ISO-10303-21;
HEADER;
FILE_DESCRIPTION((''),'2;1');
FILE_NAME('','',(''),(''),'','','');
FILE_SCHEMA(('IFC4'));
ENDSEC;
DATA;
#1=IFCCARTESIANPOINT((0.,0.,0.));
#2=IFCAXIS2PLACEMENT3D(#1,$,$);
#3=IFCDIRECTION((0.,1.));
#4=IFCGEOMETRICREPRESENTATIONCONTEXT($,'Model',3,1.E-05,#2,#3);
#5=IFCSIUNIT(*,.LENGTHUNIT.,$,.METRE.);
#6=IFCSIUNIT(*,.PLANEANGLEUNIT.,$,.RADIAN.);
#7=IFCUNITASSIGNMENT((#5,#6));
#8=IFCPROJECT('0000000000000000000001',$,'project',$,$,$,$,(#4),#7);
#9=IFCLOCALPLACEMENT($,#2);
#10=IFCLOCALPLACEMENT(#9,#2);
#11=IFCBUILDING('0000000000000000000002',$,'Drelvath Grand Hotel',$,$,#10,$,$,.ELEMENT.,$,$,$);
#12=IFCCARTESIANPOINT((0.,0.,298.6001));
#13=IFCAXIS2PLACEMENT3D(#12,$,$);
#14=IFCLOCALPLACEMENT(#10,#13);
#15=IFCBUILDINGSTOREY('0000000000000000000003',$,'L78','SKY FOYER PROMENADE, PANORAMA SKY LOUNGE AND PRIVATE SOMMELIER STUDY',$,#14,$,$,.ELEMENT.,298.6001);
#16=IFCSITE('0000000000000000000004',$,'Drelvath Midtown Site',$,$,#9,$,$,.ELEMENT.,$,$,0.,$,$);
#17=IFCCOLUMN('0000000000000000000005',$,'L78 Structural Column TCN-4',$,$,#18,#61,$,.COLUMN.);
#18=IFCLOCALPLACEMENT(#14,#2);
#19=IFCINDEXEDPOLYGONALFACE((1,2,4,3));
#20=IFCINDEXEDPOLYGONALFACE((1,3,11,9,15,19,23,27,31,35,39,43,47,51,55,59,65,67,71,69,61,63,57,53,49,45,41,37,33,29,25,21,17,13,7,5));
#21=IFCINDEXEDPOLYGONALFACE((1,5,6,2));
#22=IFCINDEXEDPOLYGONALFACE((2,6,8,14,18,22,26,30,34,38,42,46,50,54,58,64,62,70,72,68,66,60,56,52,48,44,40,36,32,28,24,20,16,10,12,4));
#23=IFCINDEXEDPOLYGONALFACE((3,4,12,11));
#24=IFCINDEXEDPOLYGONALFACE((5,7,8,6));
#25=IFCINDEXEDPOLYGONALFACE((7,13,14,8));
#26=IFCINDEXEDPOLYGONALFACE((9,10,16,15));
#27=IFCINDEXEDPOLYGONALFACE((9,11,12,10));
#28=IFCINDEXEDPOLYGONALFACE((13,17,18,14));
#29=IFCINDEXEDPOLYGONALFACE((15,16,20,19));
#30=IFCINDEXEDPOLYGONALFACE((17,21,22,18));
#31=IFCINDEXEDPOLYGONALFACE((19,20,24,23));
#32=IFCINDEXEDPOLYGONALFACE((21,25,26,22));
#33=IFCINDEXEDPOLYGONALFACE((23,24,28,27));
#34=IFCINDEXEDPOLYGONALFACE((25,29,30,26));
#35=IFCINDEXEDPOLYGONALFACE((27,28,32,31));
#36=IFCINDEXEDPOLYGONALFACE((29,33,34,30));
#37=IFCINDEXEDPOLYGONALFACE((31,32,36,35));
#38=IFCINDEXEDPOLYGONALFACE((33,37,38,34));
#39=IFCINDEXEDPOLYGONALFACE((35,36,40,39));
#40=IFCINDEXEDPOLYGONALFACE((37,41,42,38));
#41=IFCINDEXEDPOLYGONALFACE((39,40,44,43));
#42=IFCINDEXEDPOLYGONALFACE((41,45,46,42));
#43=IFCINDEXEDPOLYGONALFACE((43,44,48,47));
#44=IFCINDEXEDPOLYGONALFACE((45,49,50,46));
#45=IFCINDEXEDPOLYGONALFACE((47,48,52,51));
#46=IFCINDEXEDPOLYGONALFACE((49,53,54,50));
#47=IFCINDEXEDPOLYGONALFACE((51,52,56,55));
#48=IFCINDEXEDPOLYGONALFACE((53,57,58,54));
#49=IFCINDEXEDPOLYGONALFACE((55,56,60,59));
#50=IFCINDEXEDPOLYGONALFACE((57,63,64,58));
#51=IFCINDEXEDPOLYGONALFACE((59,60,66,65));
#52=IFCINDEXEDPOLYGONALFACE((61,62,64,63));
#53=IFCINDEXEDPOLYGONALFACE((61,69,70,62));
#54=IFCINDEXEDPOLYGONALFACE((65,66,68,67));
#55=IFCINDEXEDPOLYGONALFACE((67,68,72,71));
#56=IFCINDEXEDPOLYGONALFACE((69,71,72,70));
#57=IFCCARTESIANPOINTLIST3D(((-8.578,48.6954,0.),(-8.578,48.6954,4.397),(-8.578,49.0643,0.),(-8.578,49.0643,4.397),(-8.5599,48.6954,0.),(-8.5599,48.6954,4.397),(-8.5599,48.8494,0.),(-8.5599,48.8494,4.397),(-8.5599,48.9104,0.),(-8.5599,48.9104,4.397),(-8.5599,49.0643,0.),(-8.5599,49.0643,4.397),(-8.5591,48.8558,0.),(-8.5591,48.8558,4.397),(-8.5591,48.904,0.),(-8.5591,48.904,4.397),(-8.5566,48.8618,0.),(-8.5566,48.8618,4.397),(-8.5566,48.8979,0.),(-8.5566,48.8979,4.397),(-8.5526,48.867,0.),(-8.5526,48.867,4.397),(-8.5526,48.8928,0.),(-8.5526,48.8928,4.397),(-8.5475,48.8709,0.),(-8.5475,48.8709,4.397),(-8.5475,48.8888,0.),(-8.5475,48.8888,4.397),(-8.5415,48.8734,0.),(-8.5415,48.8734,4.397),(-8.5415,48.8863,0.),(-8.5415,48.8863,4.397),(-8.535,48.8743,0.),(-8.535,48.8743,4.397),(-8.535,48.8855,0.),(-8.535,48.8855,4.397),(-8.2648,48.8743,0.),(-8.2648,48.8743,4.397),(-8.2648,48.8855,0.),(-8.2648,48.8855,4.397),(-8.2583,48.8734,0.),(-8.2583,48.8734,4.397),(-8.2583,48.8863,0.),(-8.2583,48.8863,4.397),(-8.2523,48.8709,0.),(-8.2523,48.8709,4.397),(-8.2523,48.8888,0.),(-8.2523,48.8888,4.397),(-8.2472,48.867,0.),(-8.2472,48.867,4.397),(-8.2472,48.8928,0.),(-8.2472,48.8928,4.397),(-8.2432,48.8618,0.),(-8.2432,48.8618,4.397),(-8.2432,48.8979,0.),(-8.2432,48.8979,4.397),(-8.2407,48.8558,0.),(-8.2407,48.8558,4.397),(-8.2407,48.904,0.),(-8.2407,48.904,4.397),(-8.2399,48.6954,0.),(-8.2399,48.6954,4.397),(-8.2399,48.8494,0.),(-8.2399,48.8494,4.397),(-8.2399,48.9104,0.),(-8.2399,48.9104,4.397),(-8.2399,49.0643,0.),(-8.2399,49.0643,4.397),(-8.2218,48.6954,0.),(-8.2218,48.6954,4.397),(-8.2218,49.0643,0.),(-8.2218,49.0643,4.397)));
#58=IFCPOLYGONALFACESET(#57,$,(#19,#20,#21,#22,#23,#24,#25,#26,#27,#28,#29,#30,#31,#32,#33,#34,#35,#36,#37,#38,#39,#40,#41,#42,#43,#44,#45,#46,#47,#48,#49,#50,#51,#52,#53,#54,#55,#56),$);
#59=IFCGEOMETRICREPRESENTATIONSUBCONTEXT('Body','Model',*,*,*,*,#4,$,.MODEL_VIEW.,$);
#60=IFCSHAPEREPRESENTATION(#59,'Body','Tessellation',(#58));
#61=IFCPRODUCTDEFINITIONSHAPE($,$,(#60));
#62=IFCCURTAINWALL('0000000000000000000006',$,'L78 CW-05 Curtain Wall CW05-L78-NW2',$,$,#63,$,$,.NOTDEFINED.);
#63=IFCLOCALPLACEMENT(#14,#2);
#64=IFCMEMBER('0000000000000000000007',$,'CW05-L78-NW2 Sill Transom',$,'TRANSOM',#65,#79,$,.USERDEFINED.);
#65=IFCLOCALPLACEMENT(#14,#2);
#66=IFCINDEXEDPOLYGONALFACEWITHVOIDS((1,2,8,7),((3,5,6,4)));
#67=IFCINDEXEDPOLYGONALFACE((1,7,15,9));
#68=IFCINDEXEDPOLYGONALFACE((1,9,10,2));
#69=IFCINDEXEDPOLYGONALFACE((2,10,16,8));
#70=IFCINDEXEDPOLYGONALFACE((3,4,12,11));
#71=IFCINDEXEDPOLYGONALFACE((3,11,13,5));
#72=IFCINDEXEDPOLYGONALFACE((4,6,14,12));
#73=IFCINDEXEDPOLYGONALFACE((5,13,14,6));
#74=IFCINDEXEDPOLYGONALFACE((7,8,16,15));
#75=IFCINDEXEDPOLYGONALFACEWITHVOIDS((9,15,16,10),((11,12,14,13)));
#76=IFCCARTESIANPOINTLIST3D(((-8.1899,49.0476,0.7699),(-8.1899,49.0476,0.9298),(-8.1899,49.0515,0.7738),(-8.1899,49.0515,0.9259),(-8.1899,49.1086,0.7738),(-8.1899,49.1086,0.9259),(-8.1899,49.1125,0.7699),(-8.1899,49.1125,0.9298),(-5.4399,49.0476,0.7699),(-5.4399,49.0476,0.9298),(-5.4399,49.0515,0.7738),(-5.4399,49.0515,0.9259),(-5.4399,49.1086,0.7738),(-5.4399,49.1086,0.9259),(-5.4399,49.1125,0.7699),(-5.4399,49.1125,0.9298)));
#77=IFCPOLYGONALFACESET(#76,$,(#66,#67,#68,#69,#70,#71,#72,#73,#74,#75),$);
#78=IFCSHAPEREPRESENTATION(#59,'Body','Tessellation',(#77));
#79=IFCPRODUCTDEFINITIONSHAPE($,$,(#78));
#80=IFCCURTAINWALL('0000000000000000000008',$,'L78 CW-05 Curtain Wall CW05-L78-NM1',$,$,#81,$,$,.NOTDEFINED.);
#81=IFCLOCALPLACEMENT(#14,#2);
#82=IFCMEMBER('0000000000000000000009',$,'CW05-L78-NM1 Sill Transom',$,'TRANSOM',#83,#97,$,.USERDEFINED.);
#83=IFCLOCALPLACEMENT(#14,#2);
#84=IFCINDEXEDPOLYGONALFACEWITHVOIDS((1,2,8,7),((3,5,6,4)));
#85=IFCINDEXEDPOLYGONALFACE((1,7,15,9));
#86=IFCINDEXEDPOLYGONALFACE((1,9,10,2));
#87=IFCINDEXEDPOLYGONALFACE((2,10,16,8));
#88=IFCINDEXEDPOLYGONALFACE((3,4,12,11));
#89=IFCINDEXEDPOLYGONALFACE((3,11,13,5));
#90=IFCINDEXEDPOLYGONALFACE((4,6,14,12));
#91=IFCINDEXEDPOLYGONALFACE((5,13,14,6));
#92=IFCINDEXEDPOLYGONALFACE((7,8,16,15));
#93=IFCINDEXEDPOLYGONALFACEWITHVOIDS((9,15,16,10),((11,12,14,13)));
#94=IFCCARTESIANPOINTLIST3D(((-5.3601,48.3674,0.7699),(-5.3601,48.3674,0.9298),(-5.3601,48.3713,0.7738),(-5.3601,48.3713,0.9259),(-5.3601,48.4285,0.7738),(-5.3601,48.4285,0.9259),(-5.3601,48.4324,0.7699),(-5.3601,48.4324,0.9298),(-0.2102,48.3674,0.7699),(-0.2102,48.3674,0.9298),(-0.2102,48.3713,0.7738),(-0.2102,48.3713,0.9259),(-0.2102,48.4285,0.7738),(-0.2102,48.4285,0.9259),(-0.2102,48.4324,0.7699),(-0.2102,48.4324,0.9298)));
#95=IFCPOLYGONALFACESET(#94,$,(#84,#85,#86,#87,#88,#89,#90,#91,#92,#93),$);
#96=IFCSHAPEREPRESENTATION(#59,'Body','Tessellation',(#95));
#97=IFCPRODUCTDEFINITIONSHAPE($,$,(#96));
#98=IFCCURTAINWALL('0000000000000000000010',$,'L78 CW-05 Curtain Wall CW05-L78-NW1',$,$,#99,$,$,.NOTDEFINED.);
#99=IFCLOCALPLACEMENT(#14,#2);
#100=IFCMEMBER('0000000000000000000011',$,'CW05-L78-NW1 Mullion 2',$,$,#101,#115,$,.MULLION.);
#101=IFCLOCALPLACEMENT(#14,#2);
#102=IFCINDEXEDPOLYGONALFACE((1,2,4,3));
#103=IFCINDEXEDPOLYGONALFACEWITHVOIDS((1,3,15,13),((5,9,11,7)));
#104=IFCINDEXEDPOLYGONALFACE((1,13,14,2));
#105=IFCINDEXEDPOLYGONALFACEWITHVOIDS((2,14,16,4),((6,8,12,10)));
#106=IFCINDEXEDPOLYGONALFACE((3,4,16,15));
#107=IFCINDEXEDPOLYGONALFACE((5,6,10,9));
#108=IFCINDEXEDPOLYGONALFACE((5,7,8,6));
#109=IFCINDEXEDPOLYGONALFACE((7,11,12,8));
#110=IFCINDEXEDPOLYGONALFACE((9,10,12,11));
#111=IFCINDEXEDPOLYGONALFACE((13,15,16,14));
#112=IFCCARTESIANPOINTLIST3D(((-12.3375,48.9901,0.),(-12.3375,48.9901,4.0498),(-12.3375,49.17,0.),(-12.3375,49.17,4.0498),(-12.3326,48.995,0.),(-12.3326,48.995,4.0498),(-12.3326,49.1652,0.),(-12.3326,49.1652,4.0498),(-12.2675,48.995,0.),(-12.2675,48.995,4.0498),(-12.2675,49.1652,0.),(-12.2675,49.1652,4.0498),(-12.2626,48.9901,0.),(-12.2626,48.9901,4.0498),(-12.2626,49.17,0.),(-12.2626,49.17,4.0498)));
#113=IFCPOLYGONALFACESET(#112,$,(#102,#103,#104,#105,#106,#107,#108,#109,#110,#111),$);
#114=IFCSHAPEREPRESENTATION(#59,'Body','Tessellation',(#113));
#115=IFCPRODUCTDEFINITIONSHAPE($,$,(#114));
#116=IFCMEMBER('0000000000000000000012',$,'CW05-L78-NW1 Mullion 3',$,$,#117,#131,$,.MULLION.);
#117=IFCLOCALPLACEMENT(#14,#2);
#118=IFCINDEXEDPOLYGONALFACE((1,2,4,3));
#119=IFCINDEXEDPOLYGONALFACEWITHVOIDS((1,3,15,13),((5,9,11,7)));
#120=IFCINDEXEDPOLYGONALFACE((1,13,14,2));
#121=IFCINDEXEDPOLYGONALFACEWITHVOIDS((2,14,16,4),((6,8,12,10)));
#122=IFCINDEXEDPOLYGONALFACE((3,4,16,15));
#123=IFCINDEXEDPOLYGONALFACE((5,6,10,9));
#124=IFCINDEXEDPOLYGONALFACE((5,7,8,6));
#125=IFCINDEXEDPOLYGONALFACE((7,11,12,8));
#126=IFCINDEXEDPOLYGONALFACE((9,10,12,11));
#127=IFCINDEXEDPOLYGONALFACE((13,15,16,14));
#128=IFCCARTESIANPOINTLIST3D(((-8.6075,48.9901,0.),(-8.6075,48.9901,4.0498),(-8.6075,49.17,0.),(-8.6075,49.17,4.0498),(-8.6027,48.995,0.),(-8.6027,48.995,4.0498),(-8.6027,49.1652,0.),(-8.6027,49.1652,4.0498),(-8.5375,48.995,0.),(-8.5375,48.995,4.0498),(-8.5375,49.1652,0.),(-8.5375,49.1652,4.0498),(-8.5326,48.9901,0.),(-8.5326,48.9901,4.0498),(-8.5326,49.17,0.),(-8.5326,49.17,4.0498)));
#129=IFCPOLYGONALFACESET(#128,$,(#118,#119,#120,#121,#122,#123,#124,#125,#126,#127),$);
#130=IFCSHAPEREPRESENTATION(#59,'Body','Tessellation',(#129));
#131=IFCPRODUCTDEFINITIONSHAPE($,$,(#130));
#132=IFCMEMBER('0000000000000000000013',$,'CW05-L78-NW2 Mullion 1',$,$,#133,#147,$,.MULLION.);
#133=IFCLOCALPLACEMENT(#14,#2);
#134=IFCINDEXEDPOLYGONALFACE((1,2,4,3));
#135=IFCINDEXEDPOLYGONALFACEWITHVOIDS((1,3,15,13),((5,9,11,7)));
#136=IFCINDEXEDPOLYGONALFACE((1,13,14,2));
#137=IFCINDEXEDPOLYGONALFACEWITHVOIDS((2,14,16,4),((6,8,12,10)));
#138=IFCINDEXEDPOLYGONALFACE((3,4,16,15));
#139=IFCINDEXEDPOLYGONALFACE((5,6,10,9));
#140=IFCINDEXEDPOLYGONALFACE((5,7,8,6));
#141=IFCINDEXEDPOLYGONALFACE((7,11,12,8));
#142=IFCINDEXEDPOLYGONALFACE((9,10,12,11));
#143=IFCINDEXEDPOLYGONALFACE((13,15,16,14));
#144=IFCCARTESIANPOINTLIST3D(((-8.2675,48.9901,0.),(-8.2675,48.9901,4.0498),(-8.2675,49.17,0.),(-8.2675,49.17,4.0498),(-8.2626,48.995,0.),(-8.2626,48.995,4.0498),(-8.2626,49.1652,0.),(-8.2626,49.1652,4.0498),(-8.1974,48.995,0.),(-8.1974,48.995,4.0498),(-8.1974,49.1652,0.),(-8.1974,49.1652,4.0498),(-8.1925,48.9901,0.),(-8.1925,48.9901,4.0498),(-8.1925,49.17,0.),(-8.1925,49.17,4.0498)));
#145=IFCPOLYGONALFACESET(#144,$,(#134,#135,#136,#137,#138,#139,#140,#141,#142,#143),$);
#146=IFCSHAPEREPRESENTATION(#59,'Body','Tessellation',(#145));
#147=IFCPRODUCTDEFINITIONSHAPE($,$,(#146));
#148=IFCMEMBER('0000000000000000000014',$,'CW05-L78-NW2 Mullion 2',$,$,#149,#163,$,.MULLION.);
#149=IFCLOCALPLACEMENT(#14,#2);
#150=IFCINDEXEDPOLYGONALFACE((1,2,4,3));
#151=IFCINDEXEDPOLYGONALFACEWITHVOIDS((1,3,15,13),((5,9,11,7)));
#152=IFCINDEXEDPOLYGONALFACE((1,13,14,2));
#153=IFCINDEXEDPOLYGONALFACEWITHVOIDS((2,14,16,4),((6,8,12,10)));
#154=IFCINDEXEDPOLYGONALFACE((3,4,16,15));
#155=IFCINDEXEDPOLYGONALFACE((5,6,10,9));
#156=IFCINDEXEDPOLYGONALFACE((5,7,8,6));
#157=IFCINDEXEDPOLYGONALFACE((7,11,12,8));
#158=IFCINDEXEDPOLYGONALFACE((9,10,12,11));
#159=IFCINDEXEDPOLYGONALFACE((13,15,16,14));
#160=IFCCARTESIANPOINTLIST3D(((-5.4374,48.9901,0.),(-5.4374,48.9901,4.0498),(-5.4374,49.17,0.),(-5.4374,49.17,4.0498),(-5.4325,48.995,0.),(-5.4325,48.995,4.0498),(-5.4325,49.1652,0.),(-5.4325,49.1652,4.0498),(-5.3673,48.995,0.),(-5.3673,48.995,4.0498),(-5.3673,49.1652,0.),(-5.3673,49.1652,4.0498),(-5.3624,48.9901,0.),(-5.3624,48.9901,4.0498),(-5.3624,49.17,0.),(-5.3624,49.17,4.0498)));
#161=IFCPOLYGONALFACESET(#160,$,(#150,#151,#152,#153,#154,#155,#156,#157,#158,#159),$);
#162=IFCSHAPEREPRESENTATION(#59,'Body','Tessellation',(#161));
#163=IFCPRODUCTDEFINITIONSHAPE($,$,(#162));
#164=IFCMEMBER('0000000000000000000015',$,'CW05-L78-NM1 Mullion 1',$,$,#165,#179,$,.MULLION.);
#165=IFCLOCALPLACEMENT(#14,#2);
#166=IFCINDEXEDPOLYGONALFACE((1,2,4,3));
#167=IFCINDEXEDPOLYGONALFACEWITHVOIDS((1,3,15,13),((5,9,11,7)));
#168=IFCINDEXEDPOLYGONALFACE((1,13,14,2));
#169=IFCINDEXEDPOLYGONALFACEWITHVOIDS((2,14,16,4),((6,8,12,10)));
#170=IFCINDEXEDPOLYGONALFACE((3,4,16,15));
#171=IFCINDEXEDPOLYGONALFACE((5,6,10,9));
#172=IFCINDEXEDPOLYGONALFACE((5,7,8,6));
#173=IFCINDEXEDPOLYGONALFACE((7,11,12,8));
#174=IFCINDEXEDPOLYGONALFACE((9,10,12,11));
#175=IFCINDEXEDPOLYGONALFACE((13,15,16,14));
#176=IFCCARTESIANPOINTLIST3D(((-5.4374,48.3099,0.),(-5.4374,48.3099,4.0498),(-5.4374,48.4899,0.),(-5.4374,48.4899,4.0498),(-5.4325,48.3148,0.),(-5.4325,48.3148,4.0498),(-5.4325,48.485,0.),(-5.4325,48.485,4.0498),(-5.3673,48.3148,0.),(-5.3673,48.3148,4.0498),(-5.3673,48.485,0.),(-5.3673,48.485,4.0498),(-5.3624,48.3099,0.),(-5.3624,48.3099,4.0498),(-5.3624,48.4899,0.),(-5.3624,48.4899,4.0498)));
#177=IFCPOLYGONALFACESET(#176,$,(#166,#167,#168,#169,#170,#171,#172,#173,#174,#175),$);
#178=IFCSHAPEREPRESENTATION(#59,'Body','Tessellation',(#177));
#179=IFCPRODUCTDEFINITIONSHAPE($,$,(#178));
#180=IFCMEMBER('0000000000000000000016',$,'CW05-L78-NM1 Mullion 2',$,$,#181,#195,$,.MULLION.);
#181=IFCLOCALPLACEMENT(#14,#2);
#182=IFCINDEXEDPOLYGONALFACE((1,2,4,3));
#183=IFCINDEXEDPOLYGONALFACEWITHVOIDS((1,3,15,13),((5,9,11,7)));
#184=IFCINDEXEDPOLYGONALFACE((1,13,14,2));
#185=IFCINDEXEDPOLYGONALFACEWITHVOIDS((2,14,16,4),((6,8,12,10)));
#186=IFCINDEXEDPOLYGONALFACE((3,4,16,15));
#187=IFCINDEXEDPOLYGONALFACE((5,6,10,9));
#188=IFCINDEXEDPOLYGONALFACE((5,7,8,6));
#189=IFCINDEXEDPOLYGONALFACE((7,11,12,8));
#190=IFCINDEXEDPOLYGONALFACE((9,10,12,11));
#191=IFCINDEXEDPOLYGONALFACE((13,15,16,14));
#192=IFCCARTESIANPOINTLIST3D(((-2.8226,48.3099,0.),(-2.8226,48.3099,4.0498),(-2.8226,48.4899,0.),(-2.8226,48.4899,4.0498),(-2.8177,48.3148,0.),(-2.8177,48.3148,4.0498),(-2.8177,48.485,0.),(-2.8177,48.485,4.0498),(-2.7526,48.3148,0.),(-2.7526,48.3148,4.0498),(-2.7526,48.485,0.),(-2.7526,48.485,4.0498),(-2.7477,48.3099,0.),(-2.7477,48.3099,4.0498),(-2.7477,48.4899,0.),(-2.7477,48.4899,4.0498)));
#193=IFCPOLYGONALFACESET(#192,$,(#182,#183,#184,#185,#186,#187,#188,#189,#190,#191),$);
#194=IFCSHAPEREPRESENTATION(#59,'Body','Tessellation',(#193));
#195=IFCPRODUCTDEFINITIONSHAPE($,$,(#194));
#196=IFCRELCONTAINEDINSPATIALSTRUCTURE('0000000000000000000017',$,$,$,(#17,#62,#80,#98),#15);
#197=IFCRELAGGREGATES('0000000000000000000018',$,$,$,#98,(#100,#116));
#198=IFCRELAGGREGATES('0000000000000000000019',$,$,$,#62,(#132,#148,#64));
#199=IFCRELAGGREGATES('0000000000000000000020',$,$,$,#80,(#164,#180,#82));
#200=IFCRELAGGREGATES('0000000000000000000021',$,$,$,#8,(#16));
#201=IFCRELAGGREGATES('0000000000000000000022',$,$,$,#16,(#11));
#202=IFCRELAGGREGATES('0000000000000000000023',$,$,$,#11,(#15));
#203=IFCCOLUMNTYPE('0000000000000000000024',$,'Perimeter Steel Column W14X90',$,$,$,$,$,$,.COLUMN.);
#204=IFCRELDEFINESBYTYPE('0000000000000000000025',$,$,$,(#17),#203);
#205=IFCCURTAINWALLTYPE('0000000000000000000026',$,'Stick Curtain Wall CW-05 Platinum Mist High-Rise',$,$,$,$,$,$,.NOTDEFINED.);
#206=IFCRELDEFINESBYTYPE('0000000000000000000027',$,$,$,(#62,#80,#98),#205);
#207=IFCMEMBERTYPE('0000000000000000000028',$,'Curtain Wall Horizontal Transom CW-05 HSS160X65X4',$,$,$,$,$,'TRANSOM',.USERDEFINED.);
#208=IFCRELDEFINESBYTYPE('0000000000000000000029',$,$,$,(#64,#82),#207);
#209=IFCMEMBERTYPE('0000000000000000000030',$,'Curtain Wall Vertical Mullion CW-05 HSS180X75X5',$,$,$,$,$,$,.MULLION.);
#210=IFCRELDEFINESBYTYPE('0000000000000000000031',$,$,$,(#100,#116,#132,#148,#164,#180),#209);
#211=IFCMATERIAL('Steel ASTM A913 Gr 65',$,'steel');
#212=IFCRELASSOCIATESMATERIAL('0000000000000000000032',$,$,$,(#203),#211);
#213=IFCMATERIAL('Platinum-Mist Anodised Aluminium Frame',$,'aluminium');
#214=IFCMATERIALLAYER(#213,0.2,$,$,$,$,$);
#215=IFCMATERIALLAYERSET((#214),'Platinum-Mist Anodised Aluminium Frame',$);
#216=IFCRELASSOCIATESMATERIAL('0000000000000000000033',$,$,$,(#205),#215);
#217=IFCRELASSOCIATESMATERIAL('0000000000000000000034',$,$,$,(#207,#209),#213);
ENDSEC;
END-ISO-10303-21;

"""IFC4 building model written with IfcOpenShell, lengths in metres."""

from ifc_helpers import new_model, si_unit, direction, frame, origin, origin_2d, place, context, subcontext, project, spatial, hollow_rectangle, i_section, extrude, material, layer, layer_set, material_profile, profile_set, type_object, element, aggregate, save


model = new_model("IFC4")

# Units and contexts
model_context = context("Model", 3, precision=1e-05, world=origin(), true_north=direction((0.0, 1.0)))
body_context = subcontext(model_context, "Body", "Model", "MODEL_VIEW")
ifc_project = project(units=[si_unit("LENGTHUNIT", "METRE"), si_unit("PLANEANGLEUNIT", "RADIAN")], contexts=[model_context])

# Site, building, storey
site_placement = place(None, origin())
site = spatial("IfcSite", under=ifc_project, at=site_placement, Name="Drelvath Midtown Site", CompositionType="ELEMENT", RefElevation=0.0)
building_placement = place(site_placement, origin())
building = spatial("IfcBuilding", under=site, at=building_placement, Name="Drelvath Grand Hotel", CompositionType="ELEMENT")
storey_placement = place(building_placement, frame((0.0, 0.0, 298.6001)))
storey = spatial("IfcBuildingStorey", under=building, at=storey_placement, Name="L78", Description="SKY FOYER PROMENADE, PANORAMA SKY LOUNGE AND PRIVATE SOMMELIER STUDY", CompositionType="ELEMENT", Elevation=298.6001)

# Column
ifc_material_1 = material(Name="Steel ASTM A913 Gr 65", Category="steel")
ifc_material_profile_1 = material_profile(ifc_material_1, i_section(OverallWidth=0.3689, OverallDepth=0.3562, WebThickness=0.0112, FlangeThickness=0.0181, FilletRadius=0.0249, at=origin_2d()), Name="W14X90")
ifc_profile_set_1 = profile_set([ifc_material_profile_1], Name="Steel ASTM A913 Gr 65")
column_type = type_object("IfcColumnType", Name="Perimeter Steel Column W14X90", PredefinedType="COLUMN", material=ifc_profile_set_1)
column_placement = place(storey_placement, frame((-8.3999, 48.8799, 0.0), z_axis=(0.0, 0.0, 1.0), x_axis=(0.0, 1.0, 0.0)))
element("IfcColumn", 1, at=column_placement, inside=storey, type_object=column_type, Name="L78 Structural Column TCN-4", PredefinedType="COLUMN", context=body_context, shape_type="SweptSolid", body=[
    extrude(i_section(OverallWidth=0.3689, OverallDepth=0.3562, WebThickness=0.0112, FlangeThickness=0.0181, FilletRadius=0.0249, at=origin_2d()), origin(), (0.0, 0.0, 1.0), 4.397),
])

# Curtain walls, members
ifc_material_2 = material(Name="Platinum-Mist Anodised Aluminium Frame", Category="aluminium")
ifc_layer_1 = layer(ifc_material_2, 0.2)
ifc_layer_set_1 = layer_set([ifc_layer_1], Name="Platinum-Mist Anodised Aluminium Frame")
curtain_wall_type = type_object("IfcCurtainWallType", Name="Stick Curtain Wall CW-05 Platinum Mist High-Rise", PredefinedType="NOTDEFINED", material=ifc_layer_set_1)
curtain_wall_1_placement = place(storey_placement, origin())
curtain_wall_1 = element("IfcCurtainWall", 2, at=curtain_wall_1_placement, inside=storey, type_object=curtain_wall_type, Name="L78 CW-05 Curtain Wall CW05-L78-NW2", PredefinedType="NOTDEFINED")
ifc_material_profile_2 = material_profile(ifc_material_2, hollow_rectangle(XDim=0.0649, YDim=0.1599, WallThickness=0.0039, at=origin_2d()), Name="HSS160X65X4")
ifc_profile_set_2 = profile_set([ifc_material_profile_2], Name="Platinum-Mist Anodised Aluminium Frame")
member_type_1 = type_object("IfcMemberType", Name="Curtain Wall Horizontal Transom CW-05 HSS160X65X4", ElementType="TRANSOM", PredefinedType="USERDEFINED", material=ifc_profile_set_2)
member_1_placement = place(storey_placement, frame((-8.1899, 49.0801, 0.8499), z_axis=(1.0, 0.0, 0.0), x_axis=(0.0, 1.0, 0.0)))
member_1 = element("IfcMember", 3, at=member_1_placement, type_object=member_type_1, Name="CW05-L78-NW2 Sill Transom", ObjectType="TRANSOM", PredefinedType="USERDEFINED", context=body_context, shape_type="SweptSolid", body=[
    extrude(hollow_rectangle(XDim=0.0649, YDim=0.1599, WallThickness=0.0039, at=origin_2d()), origin(), (0.0, 0.0, 1.0), 2.75),
])
curtain_wall_2_placement = place(storey_placement, origin())
curtain_wall_2 = element("IfcCurtainWall", 4, at=curtain_wall_2_placement, inside=storey, type_object=curtain_wall_type, Name="L78 CW-05 Curtain Wall CW05-L78-NM1", PredefinedType="NOTDEFINED")
member_2_placement = place(storey_placement, frame((-5.3601, 48.3999, 0.8499), z_axis=(1.0, 0.0, 0.0), x_axis=(0.0, 1.0, 0.0)))
member_2 = element("IfcMember", 5, at=member_2_placement, type_object=member_type_1, Name="CW05-L78-NM1 Sill Transom", ObjectType="TRANSOM", PredefinedType="USERDEFINED", context=body_context, shape_type="SweptSolid", body=[
    extrude(hollow_rectangle(XDim=0.0649, YDim=0.1599, WallThickness=0.0039, at=origin_2d()), origin(), (0.0, 0.0, 1.0), 5.1499),
])

# Curtain wall, members
curtain_wall_3_placement = place(storey_placement, origin())
curtain_wall_3 = element("IfcCurtainWall", 6, at=curtain_wall_3_placement, inside=storey, type_object=curtain_wall_type, Name="L78 CW-05 Curtain Wall CW05-L78-NW1", PredefinedType="NOTDEFINED")
ifc_material_profile_3 = material_profile(ifc_material_2, hollow_rectangle(XDim=0.075, YDim=0.1799, WallThickness=0.0049, at=origin_2d()), Name="HSS180X75X5")
ifc_profile_set_3 = profile_set([ifc_material_profile_3], Name="Platinum-Mist Anodised Aluminium Frame")
member_type_2 = type_object("IfcMemberType", Name="Curtain Wall Vertical Mullion CW-05 HSS180X75X5", PredefinedType="MULLION", material=ifc_profile_set_3)
member_3_placement = place(storey_placement, frame((-12.3, 49.0801, 0.0), z_axis=(0.0, 0.0, 1.0), x_axis=(1.0, 0.0, 0.0)))
member_3 = element("IfcMember", 7, at=member_3_placement, type_object=member_type_2, Name="CW05-L78-NW1 Mullion 2", PredefinedType="MULLION", context=body_context, shape_type="SweptSolid", body=[
    extrude(hollow_rectangle(XDim=0.075, YDim=0.1799, WallThickness=0.0049, at=origin_2d()), origin(), (0.0, 0.0, 1.0), 4.0498),
])
member_4_placement = place(storey_placement, frame((-8.5701, 49.0801, 0.0), z_axis=(0.0, 0.0, 1.0), x_axis=(1.0, 0.0, 0.0)))
member_4 = element("IfcMember", 8, at=member_4_placement, type_object=member_type_2, Name="CW05-L78-NW1 Mullion 3", PredefinedType="MULLION", context=body_context, shape_type="SweptSolid", body=[
    extrude(hollow_rectangle(XDim=0.075, YDim=0.1799, WallThickness=0.0049, at=origin_2d()), origin(), (0.0, 0.0, 1.0), 4.0498),
])

# Members
member_5_placement = place(storey_placement, frame((-8.23, 49.0801, 0.0), z_axis=(0.0, 0.0, 1.0), x_axis=(1.0, 0.0, 0.0)))
member_5 = element("IfcMember", 9, at=member_5_placement, type_object=member_type_2, Name="CW05-L78-NW2 Mullion 1", PredefinedType="MULLION", context=body_context, shape_type="SweptSolid", body=[
    extrude(hollow_rectangle(XDim=0.075, YDim=0.1799, WallThickness=0.0049, at=origin_2d()), origin(), (0.0, 0.0, 1.0), 4.0498),
])
member_6_placement = place(storey_placement, frame((-5.3999, 49.0801, 0.0), z_axis=(0.0, 0.0, 1.0), x_axis=(1.0, 0.0, 0.0)))
member_6 = element("IfcMember", 10, at=member_6_placement, type_object=member_type_2, Name="CW05-L78-NW2 Mullion 2", PredefinedType="MULLION", context=body_context, shape_type="SweptSolid", body=[
    extrude(hollow_rectangle(XDim=0.075, YDim=0.1799, WallThickness=0.0049, at=origin_2d()), origin(), (0.0, 0.0, 1.0), 4.0498),
])
member_7_placement = place(storey_placement, frame((-5.3999, 48.3999, 0.0), z_axis=(0.0, 0.0, 1.0), x_axis=(1.0, 0.0, 0.0)))
member_7 = element("IfcMember", 11, at=member_7_placement, type_object=member_type_2, Name="CW05-L78-NM1 Mullion 1", PredefinedType="MULLION", context=body_context, shape_type="SweptSolid", body=[
    extrude(hollow_rectangle(XDim=0.075, YDim=0.1799, WallThickness=0.0049, at=origin_2d()), origin(), (0.0, 0.0, 1.0), 4.0498),
])
member_8_placement = place(storey_placement, frame((-2.7852, 48.3999, 0.0), z_axis=(0.0, 0.0, 1.0), x_axis=(1.0, 0.0, 0.0)))
member_8 = element("IfcMember", 12, at=member_8_placement, type_object=member_type_2, Name="CW05-L78-NM1 Mullion 2", PredefinedType="MULLION", context=body_context, shape_type="SweptSolid", body=[
    extrude(hollow_rectangle(XDim=0.075, YDim=0.1799, WallThickness=0.0049, at=origin_2d()), origin(), (0.0, 0.0, 1.0), 4.0498),
])

aggregate(curtain_wall_3, [member_3, member_4])
aggregate(curtain_wall_1, [member_5, member_6, member_1])
aggregate(curtain_wall_2, [member_7, member_8, member_2])

save(model, "model.ifc")
